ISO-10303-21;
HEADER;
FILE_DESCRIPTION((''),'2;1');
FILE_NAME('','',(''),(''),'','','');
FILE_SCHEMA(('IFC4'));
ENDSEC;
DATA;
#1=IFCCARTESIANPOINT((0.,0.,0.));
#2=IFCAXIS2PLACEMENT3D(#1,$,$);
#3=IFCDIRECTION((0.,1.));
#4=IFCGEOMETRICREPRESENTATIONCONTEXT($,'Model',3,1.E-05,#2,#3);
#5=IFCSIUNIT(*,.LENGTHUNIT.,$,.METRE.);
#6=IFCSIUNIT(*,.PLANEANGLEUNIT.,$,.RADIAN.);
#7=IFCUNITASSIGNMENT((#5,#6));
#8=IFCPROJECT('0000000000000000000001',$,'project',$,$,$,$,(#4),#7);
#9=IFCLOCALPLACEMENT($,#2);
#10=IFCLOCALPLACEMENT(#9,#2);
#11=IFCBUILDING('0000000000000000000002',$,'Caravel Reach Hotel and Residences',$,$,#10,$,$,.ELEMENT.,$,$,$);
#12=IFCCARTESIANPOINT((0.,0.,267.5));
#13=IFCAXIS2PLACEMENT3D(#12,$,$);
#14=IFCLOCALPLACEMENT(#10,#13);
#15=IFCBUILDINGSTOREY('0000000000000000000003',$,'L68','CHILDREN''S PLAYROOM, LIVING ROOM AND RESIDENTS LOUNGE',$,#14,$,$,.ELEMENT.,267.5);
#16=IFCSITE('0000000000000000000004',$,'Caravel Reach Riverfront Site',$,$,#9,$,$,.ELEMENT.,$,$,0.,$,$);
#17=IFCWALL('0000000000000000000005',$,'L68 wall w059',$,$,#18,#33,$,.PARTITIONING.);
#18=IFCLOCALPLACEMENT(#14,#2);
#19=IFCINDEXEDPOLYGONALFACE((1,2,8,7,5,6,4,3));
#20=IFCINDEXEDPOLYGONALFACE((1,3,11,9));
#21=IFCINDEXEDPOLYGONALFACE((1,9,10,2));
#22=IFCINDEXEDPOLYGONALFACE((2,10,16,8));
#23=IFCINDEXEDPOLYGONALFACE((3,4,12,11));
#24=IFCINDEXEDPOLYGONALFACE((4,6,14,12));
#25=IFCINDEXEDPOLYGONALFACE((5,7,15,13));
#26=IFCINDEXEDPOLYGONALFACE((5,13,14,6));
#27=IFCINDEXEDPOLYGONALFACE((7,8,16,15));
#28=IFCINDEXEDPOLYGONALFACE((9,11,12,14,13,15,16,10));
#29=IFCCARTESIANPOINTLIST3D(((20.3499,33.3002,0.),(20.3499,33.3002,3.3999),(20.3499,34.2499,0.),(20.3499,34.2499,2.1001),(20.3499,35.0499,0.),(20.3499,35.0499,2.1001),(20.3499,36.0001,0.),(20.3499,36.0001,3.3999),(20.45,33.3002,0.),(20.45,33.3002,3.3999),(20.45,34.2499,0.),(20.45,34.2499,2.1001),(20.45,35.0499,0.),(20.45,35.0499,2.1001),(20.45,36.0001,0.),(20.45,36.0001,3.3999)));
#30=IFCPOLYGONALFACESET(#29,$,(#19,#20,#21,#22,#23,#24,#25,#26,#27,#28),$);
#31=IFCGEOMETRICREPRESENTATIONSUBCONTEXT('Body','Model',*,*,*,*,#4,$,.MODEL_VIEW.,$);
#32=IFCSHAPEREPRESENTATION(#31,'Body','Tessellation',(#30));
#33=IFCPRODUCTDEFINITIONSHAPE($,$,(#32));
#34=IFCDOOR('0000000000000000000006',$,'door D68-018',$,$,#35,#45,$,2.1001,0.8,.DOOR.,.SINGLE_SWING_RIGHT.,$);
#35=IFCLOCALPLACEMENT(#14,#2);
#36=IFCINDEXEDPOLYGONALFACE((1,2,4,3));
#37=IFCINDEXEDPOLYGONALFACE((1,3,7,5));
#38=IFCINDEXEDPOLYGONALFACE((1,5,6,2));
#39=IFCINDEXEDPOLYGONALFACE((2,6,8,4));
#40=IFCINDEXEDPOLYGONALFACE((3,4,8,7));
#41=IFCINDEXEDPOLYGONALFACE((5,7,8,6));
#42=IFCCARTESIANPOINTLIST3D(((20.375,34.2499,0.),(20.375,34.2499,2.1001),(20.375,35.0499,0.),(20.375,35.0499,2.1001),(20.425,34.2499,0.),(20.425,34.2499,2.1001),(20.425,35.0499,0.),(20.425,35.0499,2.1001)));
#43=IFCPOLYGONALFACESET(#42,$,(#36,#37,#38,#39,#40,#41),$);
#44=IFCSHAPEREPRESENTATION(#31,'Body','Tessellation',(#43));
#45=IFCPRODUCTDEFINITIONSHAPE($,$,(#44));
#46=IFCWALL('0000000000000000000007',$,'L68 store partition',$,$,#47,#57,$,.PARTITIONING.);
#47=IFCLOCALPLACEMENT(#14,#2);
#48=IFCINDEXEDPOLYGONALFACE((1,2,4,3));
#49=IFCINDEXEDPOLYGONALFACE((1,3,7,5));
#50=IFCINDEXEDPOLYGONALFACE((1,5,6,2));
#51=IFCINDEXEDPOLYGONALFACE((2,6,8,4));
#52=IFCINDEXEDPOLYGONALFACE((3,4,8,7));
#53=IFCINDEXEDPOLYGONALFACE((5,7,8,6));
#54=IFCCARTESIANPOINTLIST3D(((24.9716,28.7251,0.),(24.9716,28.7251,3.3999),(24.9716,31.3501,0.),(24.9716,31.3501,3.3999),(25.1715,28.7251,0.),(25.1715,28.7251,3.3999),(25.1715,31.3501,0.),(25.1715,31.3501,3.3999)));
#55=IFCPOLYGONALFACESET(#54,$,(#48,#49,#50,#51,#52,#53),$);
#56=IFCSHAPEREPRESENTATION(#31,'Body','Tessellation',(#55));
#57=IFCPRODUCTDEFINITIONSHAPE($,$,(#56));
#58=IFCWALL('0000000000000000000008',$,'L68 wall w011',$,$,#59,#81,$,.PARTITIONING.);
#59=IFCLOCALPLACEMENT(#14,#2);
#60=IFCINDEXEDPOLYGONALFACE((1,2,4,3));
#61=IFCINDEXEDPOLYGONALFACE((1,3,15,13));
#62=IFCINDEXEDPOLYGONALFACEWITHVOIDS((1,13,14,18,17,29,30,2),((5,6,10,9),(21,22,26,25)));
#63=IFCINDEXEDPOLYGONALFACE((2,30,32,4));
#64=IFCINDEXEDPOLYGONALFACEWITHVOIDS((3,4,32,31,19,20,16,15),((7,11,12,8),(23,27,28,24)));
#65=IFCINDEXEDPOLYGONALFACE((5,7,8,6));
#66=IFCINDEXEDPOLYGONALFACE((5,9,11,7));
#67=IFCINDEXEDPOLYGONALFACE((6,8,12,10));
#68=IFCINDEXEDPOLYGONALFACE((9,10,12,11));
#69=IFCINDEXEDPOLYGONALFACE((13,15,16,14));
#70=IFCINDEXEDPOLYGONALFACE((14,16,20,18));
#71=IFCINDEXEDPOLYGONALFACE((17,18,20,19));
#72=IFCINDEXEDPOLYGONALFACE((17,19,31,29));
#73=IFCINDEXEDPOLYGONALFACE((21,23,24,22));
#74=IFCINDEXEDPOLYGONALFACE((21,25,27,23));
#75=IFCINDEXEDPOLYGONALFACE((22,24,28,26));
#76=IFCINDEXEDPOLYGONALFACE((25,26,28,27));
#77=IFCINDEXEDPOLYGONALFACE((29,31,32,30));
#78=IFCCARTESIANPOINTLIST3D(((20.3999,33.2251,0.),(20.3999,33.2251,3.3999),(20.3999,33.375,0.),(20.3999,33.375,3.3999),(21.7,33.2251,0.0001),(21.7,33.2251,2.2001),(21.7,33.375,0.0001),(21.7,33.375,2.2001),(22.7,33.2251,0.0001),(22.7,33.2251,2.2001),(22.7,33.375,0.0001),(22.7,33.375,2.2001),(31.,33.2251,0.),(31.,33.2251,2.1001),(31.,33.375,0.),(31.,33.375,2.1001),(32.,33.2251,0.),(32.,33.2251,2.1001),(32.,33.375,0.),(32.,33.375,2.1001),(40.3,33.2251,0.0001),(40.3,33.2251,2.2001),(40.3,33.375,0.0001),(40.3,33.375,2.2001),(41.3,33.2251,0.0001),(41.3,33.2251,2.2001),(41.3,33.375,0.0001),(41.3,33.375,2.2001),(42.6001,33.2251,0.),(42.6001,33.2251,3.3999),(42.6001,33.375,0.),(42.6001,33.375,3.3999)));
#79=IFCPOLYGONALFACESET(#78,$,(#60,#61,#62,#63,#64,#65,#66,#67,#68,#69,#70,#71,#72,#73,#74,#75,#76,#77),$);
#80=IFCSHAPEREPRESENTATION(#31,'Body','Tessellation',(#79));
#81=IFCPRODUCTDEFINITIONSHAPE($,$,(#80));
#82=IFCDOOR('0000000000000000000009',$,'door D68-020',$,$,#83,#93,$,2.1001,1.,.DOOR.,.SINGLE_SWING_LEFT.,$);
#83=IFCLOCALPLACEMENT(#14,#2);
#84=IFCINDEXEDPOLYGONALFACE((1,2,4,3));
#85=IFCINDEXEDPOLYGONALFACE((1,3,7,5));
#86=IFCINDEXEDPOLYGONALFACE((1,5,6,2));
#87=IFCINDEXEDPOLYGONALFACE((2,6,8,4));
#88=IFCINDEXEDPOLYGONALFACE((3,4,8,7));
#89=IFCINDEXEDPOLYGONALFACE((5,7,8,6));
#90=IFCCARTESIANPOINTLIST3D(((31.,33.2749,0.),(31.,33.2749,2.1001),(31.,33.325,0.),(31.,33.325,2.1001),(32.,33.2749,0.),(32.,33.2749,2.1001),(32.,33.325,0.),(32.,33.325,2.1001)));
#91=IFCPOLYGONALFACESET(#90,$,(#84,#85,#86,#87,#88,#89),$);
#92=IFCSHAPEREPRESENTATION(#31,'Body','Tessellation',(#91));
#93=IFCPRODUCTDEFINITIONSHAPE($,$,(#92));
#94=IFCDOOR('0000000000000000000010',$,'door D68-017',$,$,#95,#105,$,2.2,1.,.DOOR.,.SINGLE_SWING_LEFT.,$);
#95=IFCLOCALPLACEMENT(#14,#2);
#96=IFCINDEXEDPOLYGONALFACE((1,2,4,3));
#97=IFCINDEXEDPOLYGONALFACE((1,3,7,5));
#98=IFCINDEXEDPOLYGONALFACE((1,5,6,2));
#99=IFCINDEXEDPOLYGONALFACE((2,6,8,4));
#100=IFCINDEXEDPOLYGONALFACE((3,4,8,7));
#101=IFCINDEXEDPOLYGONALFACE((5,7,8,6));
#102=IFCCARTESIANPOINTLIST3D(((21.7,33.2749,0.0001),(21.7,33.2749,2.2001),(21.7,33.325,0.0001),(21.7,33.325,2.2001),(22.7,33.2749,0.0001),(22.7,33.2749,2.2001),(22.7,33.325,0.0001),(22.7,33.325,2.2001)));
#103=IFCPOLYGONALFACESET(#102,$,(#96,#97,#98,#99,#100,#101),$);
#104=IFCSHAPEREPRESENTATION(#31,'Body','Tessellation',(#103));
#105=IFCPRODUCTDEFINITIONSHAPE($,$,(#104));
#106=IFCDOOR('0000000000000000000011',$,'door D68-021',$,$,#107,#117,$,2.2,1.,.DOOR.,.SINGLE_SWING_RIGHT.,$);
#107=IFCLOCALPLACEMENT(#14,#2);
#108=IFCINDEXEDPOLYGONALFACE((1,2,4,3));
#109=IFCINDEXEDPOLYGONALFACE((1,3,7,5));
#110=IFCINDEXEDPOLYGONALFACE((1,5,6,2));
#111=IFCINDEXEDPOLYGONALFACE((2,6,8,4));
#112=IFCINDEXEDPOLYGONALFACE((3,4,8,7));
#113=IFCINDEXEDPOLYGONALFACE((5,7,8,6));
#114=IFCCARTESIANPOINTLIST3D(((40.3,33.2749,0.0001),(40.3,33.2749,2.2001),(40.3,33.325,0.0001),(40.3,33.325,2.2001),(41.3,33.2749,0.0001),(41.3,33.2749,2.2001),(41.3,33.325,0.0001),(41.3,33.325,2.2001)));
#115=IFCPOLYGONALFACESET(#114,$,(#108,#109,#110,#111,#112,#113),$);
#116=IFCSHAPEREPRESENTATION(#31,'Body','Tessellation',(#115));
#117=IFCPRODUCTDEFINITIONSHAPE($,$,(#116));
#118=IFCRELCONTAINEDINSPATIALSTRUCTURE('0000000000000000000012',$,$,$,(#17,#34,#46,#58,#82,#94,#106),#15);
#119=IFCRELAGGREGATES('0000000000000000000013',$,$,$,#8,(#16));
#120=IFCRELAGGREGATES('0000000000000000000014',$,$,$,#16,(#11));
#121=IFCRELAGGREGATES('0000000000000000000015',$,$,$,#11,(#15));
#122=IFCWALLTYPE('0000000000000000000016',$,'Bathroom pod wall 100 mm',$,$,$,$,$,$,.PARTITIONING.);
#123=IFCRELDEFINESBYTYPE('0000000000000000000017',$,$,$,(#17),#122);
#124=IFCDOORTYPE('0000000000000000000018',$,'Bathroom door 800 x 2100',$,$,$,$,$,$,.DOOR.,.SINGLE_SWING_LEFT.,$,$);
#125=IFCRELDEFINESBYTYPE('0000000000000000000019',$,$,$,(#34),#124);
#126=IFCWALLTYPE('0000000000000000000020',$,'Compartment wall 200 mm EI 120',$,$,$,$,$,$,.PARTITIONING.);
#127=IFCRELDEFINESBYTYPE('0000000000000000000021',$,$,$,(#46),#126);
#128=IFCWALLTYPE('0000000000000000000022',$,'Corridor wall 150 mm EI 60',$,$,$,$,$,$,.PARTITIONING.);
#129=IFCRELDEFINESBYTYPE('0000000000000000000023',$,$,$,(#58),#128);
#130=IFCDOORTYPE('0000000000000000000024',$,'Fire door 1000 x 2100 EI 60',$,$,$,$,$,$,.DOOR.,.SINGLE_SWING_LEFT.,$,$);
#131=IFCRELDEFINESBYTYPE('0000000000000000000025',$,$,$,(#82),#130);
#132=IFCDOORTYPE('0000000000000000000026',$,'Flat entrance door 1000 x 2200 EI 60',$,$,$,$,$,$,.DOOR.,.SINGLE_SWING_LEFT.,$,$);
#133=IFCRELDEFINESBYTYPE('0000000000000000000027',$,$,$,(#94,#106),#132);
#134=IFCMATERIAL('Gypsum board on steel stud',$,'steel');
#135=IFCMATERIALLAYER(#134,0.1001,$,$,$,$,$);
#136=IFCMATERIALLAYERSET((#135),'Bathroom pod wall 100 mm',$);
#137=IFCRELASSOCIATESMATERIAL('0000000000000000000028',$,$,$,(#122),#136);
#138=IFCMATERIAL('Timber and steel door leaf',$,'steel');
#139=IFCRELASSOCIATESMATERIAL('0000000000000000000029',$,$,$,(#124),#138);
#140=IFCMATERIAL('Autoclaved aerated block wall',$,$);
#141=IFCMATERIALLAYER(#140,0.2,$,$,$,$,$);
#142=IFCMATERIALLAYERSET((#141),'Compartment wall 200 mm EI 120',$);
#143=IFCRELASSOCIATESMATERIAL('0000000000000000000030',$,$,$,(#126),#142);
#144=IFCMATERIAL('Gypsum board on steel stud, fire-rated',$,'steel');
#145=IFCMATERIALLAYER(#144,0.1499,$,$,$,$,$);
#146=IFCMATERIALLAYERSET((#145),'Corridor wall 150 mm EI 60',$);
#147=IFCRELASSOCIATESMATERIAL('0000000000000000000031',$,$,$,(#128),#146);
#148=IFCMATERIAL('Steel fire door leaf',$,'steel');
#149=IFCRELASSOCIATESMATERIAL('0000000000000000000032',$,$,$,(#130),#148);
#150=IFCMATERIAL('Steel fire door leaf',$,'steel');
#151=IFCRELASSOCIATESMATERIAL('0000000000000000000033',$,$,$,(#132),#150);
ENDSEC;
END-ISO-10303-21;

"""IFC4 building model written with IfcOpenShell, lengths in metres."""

from ifc_helpers import new_model, si_unit, direction, frame, frame_2d, origin, place, context, subcontext, project, spatial, rectangle, extrude, material, layer, layer_set, type_object, element, fill, save


model = new_model("IFC4")

# Units and contexts
model_context = context("Model", 3, precision=1e-05, world=origin(), true_north=direction((0.0, 1.0)))
body_context = subcontext(model_context, "Body", "Model", "MODEL_VIEW")
ifc_project = project(units=[si_unit("LENGTHUNIT", "METRE"), si_unit("PLANEANGLEUNIT", "RADIAN")], contexts=[model_context])

# Site, building, storey
site_placement = place(None, origin())
site = spatial("IfcSite", under=ifc_project, at=site_placement, Name="Caravel Reach Riverfront Site", CompositionType="ELEMENT", RefElevation=0.0)
building_placement = place(site_placement, origin())
building = spatial("IfcBuilding", under=site, at=building_placement, Name="Caravel Reach Hotel and Residences", CompositionType="ELEMENT")
storey_placement = place(building_placement, frame((0.0, 0.0, 267.5)))
storey = spatial("IfcBuildingStorey", under=building, at=storey_placement, Name="L68", Description="CHILDREN'S PLAYROOM, LIVING ROOM AND RESIDENTS LOUNGE", CompositionType="ELEMENT", Elevation=267.5)

# Wall, opening, door
ifc_material_1 = material(Name="Gypsum board on steel stud", Category="steel")
ifc_layer_1 = layer(ifc_material_1, 0.1001)
ifc_layer_set_1 = layer_set([ifc_layer_1], Name="Bathroom pod wall 100 mm")
wall_type_1 = type_object("IfcWallType", Name="Bathroom pod wall 100 mm", PredefinedType="PARTITIONING", material=ifc_layer_set_1)
wall_1_placement = place(storey_placement, frame((20.3999, 33.3, 0.0), z_axis=(0.0, 0.0, 1.0), x_axis=(0.0, 1.0, 0.0)))
wall_1 = element("IfcWall", 1, at=wall_1_placement, inside=storey, type_object=wall_type_1, Name="L68 wall w059", PredefinedType="PARTITIONING", context=body_context, shape_type="SweptSolid", body=[
    extrude(rectangle(XDim=2.7, YDim=0.1001, at=frame_2d((1.3501, 0.0))), origin(), (0.0, 0.0, 1.0), 3.3999),
])
opening_1_placement = place(wall_1_placement, frame((0.95, 0.0, 0.0)))
opening_1 = element("IfcOpeningElement", 2, at=opening_1_placement, cuts=wall_1, PredefinedType="OPENING", context=body_context, shape_type="SweptSolid", body=[
    extrude(rectangle(XDim=0.8, YDim=2.1001, at=frame_2d((0.3999, 1.05))), frame((0.0, 0.0601, 0.0), z_axis=(0.0, -1.0, 0.0), x_axis=(1.0, 0.0, 0.0)), (0.0, 0.0, 1.0), 0.1201),
])
ifc_material_2 = material(Name="Timber and steel door leaf", Category="steel")
door_type_1 = type_object("IfcDoorType", Name="Bathroom door 800 x 2100", OperationType="SINGLE_SWING_LEFT", PredefinedType="DOOR", material=ifc_material_2)
door_1_placement = place(opening_1_placement, origin())
door_1 = element("IfcDoor", 3, at=door_1_placement, inside=storey, type_object=door_type_1, Name="door D68-018", OperationType="SINGLE_SWING_RIGHT", OverallHeight=2.1001, OverallWidth=0.8, PredefinedType="DOOR", context=body_context, shape_type="SweptSolid", body=[
    extrude(rectangle(XDim=0.8, YDim=2.1001, at=frame_2d((0.3999, 1.05))), frame((0.0, 0.0249, 0.0), z_axis=(0.0, -1.0, 0.0), x_axis=(1.0, 0.0, 0.0)), (0.0, 0.0, 1.0), 0.05),
])
fill(opening_1, door_1)

# Wall
ifc_material_3 = material(Name="Autoclaved aerated block wall")
ifc_layer_2 = layer(ifc_material_3, 0.2)
ifc_layer_set_2 = layer_set([ifc_layer_2], Name="Compartment wall 200 mm EI 120")
wall_type_2 = type_object("IfcWallType", Name="Compartment wall 200 mm EI 120", PredefinedType="PARTITIONING", material=ifc_layer_set_2)
wall_2_placement = place(storey_placement, frame((25.0715, 28.7251, 0.0), z_axis=(0.0, 0.0, 1.0), x_axis=(0.0, 1.0, 0.0)))
element("IfcWall", 4, at=wall_2_placement, inside=storey, type_object=wall_type_2, Name="L68 store partition", PredefinedType="PARTITIONING", context=body_context, shape_type="SweptSolid", body=[
    extrude(rectangle(XDim=2.625, YDim=0.2, at=frame_2d((1.3125, 0.0))), origin(), (0.0, 0.0, 1.0), 3.3999),
])

# Wall, openings, doors
ifc_material_4 = material(Name="Gypsum board on steel stud, fire-rated", Category="steel")
ifc_layer_3 = layer(ifc_material_4, 0.1499)
ifc_layer_set_3 = layer_set([ifc_layer_3], Name="Corridor wall 150 mm EI 60")
wall_type_3 = type_object("IfcWallType", Name="Corridor wall 150 mm EI 60", PredefinedType="PARTITIONING", material=ifc_layer_set_3)
wall_3_placement = place(storey_placement, frame((20.3999, 33.3, 0.0), z_axis=(0.0, 0.0, 1.0), x_axis=(1.0, 0.0, 0.0)))
wall_3 = element("IfcWall", 5, at=wall_3_placement, inside=storey, type_object=wall_type_3, Name="L68 wall w011", PredefinedType="PARTITIONING", context=body_context, shape_type="SweptSolid", body=[
    extrude(rectangle(XDim=22.2002, YDim=0.1499, at=frame_2d((11.1001, 0.0))), origin(), (0.0, 0.0, 1.0), 3.3999),
])
opening_2_placement = place(wall_3_placement, frame((1.3, 0.0, 0.0)))
opening_2 = element("IfcOpeningElement", 6, at=opening_2_placement, cuts=wall_3, PredefinedType="OPENING", context=body_context, shape_type="SweptSolid", body=[
    extrude(rectangle(XDim=1.0, YDim=2.2, at=frame_2d((0.5, 1.1001))), frame((0.0, 0.085, 0.0), z_axis=(0.0, -1.0, 0.0), x_axis=(1.0, 0.0, 0.0)), (0.0, 0.0, 1.0), 0.1699),
])
opening_3_placement = place(wall_3_placement, frame((10.6001, 0.0, 0.0)))
opening_3 = element("IfcOpeningElement", 7, at=opening_3_placement, cuts=wall_3, PredefinedType="OPENING", context=body_context, shape_type="SweptSolid", body=[
    extrude(rectangle(XDim=1.0, YDim=2.1001, at=frame_2d((0.5, 1.05))), frame((0.0, 0.085, 0.0), z_axis=(0.0, -1.0, 0.0), x_axis=(1.0, 0.0, 0.0)), (0.0, 0.0, 1.0), 0.1699),
])
opening_4_placement = place(wall_3_placement, frame((19.9001, 0.0, 0.0)))
opening_4 = element("IfcOpeningElement", 8, at=opening_4_placement, cuts=wall_3, PredefinedType="OPENING", context=body_context, shape_type="SweptSolid", body=[
    extrude(rectangle(XDim=1.0, YDim=2.2, at=frame_2d((0.5, 1.1001))), frame((0.0, 0.085, 0.0), z_axis=(0.0, -1.0, 0.0), x_axis=(1.0, 0.0, 0.0)), (0.0, 0.0, 1.0), 0.1699),
])
ifc_material_5 = material(Name="Steel fire door leaf", Category="steel")
door_type_2 = type_object("IfcDoorType", Name="Fire door 1000 x 2100 EI 60", OperationType="SINGLE_SWING_LEFT", PredefinedType="DOOR", material=ifc_material_5)
door_2_placement = place(opening_3_placement, origin())
door_2 = element("IfcDoor", 9, at=door_2_placement, inside=storey, type_object=door_type_2, Name="door D68-020", OperationType="SINGLE_SWING_LEFT", OverallHeight=2.1001, OverallWidth=1.0, PredefinedType="DOOR", context=body_context, shape_type="SweptSolid", body=[
    extrude(rectangle(XDim=1.0, YDim=2.1001, at=frame_2d((0.5, 1.05))), frame((0.0, 0.0249, 0.0), z_axis=(0.0, -1.0, 0.0), x_axis=(1.0, 0.0, 0.0)), (0.0, 0.0, 1.0), 0.05),
])
fill(opening_3, door_2)
ifc_material_6 = material(Name="Steel fire door leaf", Category="steel")
door_type_3 = type_object("IfcDoorType", Name="Flat entrance door 1000 x 2200 EI 60", OperationType="SINGLE_SWING_LEFT", PredefinedType="DOOR", material=ifc_material_6)
door_3_placement = place(opening_2_placement, origin())
door_3 = element("IfcDoor", 10, at=door_3_placement, inside=storey, type_object=door_type_3, Name="door D68-017", OperationType="SINGLE_SWING_LEFT", OverallHeight=2.2, OverallWidth=1.0, PredefinedType="DOOR", context=body_context, shape_type="SweptSolid", body=[
    extrude(rectangle(XDim=1.0, YDim=2.2, at=frame_2d((0.5, 1.1001))), frame((0.0, 0.0249, 0.0), z_axis=(0.0, -1.0, 0.0), x_axis=(1.0, 0.0, 0.0)), (0.0, 0.0, 1.0), 0.05),
])
fill(opening_2, door_3)
door_4_placement = place(opening_4_placement, origin())
door_4 = element("IfcDoor", 11, at=door_4_placement, inside=storey, type_object=door_type_3, Name="door D68-021", OperationType="SINGLE_SWING_RIGHT", OverallHeight=2.2, OverallWidth=1.0, PredefinedType="DOOR", context=body_context, shape_type="SweptSolid", body=[
    extrude(rectangle(XDim=1.0, YDim=2.2, at=frame_2d((0.5, 1.1001))), frame((0.0, 0.0249, 0.0), z_axis=(0.0, -1.0, 0.0), x_axis=(1.0, 0.0, 0.0)), (0.0, 0.0, 1.0), 0.05),
])
fill(opening_4, door_4)

save(model, "model.ifc")
